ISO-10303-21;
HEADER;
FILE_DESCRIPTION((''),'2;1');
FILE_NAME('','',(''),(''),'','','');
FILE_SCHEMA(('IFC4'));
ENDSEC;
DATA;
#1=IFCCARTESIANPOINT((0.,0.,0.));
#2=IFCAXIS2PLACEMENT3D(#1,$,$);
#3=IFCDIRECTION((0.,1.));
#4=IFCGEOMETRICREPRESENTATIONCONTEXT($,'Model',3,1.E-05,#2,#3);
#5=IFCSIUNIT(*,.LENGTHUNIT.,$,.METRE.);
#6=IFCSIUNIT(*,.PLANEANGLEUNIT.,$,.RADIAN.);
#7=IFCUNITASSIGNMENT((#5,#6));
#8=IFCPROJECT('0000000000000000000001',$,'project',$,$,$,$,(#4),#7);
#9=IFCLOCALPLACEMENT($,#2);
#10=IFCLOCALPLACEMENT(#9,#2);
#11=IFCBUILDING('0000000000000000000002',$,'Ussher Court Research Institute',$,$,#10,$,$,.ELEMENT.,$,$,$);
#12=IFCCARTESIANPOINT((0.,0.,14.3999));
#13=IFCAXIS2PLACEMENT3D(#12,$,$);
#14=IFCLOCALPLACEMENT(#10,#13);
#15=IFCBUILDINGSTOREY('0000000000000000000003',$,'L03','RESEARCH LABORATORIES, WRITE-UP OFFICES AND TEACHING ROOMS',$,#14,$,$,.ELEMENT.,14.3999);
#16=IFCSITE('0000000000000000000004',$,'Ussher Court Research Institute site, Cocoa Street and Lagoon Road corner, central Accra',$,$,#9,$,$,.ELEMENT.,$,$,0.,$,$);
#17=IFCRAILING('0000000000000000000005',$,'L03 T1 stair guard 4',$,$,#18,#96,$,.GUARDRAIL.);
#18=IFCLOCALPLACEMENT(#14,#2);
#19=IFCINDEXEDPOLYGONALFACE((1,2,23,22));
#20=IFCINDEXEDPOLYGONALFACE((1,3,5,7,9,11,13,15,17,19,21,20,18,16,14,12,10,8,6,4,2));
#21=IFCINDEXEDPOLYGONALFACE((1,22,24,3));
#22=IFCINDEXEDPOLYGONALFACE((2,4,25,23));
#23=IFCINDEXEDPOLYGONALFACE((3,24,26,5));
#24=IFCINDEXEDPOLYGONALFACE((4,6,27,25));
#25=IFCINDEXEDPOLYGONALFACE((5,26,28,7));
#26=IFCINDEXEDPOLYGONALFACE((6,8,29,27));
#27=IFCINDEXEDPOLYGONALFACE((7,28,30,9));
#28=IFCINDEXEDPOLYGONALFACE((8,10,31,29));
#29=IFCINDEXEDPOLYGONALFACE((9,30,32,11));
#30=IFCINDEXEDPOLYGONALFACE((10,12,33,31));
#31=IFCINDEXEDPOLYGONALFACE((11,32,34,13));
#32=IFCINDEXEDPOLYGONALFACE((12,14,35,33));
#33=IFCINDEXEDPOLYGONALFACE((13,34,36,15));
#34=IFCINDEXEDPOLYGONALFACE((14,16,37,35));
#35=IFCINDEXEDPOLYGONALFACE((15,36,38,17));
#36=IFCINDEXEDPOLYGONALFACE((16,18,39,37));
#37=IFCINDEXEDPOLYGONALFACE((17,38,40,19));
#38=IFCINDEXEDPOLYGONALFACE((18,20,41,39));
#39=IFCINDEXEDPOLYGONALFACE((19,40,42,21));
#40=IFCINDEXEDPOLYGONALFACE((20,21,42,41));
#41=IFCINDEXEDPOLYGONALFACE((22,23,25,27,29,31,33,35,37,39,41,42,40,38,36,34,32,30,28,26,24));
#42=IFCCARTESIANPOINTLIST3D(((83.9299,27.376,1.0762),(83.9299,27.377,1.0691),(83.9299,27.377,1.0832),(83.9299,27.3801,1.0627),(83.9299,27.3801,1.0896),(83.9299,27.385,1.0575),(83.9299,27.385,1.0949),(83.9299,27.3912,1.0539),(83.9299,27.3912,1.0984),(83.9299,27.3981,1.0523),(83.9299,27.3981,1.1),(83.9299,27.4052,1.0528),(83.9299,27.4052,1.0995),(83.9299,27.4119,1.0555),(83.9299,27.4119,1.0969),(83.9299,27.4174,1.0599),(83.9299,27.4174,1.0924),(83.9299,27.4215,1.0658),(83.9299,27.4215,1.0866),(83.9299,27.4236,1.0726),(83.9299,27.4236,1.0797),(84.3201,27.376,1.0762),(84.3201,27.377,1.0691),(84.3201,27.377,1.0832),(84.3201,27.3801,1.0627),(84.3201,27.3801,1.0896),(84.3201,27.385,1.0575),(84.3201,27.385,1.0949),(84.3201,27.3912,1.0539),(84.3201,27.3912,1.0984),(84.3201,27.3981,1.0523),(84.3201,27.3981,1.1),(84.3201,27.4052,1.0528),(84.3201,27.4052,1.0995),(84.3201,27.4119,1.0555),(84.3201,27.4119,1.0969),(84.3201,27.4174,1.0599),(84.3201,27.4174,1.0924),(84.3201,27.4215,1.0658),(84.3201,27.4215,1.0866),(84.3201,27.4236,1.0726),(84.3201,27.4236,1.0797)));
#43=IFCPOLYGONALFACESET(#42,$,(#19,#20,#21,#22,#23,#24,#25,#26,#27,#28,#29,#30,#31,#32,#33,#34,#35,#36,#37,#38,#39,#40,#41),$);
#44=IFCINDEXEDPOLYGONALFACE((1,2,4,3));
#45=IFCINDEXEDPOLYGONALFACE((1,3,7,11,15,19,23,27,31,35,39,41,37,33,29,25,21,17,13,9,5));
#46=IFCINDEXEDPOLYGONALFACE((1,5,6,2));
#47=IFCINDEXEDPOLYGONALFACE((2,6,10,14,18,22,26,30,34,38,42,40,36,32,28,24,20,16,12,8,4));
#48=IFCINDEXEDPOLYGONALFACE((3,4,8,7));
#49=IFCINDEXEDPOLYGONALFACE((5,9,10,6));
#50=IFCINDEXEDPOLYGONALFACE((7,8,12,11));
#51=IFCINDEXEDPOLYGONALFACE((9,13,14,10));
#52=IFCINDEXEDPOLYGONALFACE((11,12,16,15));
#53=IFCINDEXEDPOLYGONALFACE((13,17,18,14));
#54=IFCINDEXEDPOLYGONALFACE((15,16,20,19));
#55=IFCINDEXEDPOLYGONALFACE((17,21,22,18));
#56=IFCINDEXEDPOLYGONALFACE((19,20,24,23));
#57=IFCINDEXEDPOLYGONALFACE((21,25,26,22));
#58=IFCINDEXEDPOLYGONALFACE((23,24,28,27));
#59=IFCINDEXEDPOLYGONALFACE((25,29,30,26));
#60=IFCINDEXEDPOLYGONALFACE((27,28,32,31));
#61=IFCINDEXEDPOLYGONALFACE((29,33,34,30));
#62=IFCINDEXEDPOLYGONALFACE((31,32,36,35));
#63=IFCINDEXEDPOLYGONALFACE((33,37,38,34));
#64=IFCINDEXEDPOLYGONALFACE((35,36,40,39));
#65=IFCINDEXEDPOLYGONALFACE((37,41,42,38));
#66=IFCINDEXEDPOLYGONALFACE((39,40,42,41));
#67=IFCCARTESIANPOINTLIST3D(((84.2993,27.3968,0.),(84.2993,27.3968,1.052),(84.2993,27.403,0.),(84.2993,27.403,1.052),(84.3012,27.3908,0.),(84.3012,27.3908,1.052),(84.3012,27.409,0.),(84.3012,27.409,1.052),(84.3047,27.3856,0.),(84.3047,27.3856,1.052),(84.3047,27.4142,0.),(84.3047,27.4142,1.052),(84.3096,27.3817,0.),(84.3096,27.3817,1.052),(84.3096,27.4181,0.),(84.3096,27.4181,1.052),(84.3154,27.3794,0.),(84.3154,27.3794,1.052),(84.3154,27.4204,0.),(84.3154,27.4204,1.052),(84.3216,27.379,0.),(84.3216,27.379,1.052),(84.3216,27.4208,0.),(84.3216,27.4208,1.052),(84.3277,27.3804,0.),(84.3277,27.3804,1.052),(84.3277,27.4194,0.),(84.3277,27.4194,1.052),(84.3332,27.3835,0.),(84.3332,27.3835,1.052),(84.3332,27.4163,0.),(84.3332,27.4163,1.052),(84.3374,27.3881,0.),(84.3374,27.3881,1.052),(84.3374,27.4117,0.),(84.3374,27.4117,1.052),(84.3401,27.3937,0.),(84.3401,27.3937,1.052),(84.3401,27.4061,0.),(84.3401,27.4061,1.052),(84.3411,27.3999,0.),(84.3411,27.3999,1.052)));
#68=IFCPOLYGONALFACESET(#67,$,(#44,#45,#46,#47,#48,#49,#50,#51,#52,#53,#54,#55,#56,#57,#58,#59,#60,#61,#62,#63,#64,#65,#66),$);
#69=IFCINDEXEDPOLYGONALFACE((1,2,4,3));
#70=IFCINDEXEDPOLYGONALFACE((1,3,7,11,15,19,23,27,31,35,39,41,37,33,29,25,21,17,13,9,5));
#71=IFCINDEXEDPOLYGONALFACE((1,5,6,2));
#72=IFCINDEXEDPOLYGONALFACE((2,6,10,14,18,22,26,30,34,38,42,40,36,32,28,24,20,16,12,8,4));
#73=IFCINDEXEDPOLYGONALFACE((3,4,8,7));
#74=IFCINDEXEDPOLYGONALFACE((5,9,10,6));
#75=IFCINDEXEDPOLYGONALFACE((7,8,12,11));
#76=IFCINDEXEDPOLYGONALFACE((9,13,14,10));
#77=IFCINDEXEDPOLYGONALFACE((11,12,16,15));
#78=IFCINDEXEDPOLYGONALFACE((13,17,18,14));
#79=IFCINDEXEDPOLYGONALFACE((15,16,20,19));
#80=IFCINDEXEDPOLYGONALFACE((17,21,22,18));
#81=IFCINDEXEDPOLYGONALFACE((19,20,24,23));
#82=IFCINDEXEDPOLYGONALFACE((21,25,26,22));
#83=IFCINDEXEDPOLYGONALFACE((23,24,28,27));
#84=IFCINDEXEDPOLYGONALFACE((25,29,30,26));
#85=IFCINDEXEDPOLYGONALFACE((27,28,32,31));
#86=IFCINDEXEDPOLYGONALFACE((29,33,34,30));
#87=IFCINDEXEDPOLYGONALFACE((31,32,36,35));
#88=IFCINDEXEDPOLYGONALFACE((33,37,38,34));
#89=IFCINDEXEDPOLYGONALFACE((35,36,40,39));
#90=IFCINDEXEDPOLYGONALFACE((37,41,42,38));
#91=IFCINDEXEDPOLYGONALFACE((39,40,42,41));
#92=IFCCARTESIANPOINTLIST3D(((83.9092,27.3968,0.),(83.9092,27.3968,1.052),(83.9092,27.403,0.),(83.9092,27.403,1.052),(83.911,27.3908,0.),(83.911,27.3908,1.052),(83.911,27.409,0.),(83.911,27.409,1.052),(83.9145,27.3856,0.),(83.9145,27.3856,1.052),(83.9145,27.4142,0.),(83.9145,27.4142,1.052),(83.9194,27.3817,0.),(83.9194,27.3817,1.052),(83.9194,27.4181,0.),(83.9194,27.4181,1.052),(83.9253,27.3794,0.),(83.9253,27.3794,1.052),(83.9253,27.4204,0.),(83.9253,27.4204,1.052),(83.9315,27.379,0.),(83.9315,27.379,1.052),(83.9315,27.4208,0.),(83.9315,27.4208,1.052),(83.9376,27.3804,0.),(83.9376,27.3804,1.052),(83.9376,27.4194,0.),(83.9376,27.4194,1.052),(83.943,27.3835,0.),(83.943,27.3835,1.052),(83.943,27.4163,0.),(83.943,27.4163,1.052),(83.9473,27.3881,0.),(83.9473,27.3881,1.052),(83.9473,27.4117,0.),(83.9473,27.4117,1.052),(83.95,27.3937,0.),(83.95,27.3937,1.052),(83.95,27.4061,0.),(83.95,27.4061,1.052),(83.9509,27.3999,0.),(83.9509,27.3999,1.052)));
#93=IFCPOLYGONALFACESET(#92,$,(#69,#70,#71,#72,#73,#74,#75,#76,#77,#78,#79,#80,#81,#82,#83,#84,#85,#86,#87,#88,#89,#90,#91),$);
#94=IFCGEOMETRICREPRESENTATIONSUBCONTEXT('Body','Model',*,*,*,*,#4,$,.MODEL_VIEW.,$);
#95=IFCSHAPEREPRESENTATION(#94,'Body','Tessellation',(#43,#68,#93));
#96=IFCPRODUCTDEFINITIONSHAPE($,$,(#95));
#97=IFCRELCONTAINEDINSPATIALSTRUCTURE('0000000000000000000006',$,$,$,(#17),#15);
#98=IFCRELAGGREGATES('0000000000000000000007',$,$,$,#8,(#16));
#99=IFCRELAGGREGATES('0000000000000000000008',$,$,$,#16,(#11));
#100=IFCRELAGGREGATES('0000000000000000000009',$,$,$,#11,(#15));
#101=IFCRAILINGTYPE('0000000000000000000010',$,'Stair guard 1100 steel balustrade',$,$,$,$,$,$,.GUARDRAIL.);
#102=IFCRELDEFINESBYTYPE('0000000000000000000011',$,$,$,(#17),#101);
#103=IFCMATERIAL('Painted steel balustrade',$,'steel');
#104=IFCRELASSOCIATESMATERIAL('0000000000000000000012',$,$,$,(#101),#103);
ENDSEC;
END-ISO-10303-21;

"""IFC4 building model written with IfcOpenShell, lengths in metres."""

from ifc_helpers import new_model, si_unit, direction, frame, origin, origin_2d, place, context, subcontext, project, spatial, circle, extrude, material, type_object, element, save


model = new_model("IFC4")

# Units and contexts
model_context = context("Model", 3, precision=1e-05, world=origin(), true_north=direction((0.0, 1.0)))
body_context = subcontext(model_context, "Body", "Model", "MODEL_VIEW")
ifc_project = project(units=[si_unit("LENGTHUNIT", "METRE"), si_unit("PLANEANGLEUNIT", "RADIAN")], contexts=[model_context])

# Site, building, storey
site_placement = place(None, origin())
site = spatial("IfcSite", under=ifc_project, at=site_placement, Name="Ussher Court Research Institute site, Cocoa Street and Lagoon Road corner, central Accra", CompositionType="ELEMENT", RefElevation=0.0)
building_placement = place(site_placement, origin())
building = spatial("IfcBuilding", under=site, at=building_placement, Name="Ussher Court Research Institute", CompositionType="ELEMENT")
storey_placement = place(building_placement, frame((0.0, 0.0, 14.3999)))
storey = spatial("IfcBuildingStorey", under=building, at=storey_placement, Name="L03", Description="RESEARCH LABORATORIES, WRITE-UP OFFICES AND TEACHING ROOMS", CompositionType="ELEMENT", Elevation=14.3999)

# Railing
ifc_material_1 = material(Name="Painted steel balustrade", Category="steel")
railing_type_1 = type_object("IfcRailingType", Name="Stair guard 1100 steel balustrade", PredefinedType="GUARDRAIL", material=ifc_material_1)
railing_1_placement = place(storey_placement, frame((84.3201, 27.3999, 0.0)))
element("IfcRailing", 1, at=railing_1_placement, inside=storey, type_object=railing_type_1, Name="L03 T1 stair guard 4", PredefinedType="GUARDRAIL", context=body_context, shape_type="SweptSolid", body=[
    extrude(circle(Radius=0.0239, at=origin_2d()), frame((0.0, 0.0, 1.0762), z_axis=(-1.0, 0.0, 0.0), x_axis=(0.0, -1.0, 0.0)), (0.0, 0.0, 1.0), 0.3901),
    extrude(circle(Radius=0.021, at=origin_2d()), origin(), (0.0, 0.0, 1.0), 1.052),
    extrude(circle(Radius=0.021, at=origin_2d()), frame((-0.3901, 0.0, 0.0)), (0.0, 0.0, 1.0), 1.052),
])

save(model, "model.ifc")
